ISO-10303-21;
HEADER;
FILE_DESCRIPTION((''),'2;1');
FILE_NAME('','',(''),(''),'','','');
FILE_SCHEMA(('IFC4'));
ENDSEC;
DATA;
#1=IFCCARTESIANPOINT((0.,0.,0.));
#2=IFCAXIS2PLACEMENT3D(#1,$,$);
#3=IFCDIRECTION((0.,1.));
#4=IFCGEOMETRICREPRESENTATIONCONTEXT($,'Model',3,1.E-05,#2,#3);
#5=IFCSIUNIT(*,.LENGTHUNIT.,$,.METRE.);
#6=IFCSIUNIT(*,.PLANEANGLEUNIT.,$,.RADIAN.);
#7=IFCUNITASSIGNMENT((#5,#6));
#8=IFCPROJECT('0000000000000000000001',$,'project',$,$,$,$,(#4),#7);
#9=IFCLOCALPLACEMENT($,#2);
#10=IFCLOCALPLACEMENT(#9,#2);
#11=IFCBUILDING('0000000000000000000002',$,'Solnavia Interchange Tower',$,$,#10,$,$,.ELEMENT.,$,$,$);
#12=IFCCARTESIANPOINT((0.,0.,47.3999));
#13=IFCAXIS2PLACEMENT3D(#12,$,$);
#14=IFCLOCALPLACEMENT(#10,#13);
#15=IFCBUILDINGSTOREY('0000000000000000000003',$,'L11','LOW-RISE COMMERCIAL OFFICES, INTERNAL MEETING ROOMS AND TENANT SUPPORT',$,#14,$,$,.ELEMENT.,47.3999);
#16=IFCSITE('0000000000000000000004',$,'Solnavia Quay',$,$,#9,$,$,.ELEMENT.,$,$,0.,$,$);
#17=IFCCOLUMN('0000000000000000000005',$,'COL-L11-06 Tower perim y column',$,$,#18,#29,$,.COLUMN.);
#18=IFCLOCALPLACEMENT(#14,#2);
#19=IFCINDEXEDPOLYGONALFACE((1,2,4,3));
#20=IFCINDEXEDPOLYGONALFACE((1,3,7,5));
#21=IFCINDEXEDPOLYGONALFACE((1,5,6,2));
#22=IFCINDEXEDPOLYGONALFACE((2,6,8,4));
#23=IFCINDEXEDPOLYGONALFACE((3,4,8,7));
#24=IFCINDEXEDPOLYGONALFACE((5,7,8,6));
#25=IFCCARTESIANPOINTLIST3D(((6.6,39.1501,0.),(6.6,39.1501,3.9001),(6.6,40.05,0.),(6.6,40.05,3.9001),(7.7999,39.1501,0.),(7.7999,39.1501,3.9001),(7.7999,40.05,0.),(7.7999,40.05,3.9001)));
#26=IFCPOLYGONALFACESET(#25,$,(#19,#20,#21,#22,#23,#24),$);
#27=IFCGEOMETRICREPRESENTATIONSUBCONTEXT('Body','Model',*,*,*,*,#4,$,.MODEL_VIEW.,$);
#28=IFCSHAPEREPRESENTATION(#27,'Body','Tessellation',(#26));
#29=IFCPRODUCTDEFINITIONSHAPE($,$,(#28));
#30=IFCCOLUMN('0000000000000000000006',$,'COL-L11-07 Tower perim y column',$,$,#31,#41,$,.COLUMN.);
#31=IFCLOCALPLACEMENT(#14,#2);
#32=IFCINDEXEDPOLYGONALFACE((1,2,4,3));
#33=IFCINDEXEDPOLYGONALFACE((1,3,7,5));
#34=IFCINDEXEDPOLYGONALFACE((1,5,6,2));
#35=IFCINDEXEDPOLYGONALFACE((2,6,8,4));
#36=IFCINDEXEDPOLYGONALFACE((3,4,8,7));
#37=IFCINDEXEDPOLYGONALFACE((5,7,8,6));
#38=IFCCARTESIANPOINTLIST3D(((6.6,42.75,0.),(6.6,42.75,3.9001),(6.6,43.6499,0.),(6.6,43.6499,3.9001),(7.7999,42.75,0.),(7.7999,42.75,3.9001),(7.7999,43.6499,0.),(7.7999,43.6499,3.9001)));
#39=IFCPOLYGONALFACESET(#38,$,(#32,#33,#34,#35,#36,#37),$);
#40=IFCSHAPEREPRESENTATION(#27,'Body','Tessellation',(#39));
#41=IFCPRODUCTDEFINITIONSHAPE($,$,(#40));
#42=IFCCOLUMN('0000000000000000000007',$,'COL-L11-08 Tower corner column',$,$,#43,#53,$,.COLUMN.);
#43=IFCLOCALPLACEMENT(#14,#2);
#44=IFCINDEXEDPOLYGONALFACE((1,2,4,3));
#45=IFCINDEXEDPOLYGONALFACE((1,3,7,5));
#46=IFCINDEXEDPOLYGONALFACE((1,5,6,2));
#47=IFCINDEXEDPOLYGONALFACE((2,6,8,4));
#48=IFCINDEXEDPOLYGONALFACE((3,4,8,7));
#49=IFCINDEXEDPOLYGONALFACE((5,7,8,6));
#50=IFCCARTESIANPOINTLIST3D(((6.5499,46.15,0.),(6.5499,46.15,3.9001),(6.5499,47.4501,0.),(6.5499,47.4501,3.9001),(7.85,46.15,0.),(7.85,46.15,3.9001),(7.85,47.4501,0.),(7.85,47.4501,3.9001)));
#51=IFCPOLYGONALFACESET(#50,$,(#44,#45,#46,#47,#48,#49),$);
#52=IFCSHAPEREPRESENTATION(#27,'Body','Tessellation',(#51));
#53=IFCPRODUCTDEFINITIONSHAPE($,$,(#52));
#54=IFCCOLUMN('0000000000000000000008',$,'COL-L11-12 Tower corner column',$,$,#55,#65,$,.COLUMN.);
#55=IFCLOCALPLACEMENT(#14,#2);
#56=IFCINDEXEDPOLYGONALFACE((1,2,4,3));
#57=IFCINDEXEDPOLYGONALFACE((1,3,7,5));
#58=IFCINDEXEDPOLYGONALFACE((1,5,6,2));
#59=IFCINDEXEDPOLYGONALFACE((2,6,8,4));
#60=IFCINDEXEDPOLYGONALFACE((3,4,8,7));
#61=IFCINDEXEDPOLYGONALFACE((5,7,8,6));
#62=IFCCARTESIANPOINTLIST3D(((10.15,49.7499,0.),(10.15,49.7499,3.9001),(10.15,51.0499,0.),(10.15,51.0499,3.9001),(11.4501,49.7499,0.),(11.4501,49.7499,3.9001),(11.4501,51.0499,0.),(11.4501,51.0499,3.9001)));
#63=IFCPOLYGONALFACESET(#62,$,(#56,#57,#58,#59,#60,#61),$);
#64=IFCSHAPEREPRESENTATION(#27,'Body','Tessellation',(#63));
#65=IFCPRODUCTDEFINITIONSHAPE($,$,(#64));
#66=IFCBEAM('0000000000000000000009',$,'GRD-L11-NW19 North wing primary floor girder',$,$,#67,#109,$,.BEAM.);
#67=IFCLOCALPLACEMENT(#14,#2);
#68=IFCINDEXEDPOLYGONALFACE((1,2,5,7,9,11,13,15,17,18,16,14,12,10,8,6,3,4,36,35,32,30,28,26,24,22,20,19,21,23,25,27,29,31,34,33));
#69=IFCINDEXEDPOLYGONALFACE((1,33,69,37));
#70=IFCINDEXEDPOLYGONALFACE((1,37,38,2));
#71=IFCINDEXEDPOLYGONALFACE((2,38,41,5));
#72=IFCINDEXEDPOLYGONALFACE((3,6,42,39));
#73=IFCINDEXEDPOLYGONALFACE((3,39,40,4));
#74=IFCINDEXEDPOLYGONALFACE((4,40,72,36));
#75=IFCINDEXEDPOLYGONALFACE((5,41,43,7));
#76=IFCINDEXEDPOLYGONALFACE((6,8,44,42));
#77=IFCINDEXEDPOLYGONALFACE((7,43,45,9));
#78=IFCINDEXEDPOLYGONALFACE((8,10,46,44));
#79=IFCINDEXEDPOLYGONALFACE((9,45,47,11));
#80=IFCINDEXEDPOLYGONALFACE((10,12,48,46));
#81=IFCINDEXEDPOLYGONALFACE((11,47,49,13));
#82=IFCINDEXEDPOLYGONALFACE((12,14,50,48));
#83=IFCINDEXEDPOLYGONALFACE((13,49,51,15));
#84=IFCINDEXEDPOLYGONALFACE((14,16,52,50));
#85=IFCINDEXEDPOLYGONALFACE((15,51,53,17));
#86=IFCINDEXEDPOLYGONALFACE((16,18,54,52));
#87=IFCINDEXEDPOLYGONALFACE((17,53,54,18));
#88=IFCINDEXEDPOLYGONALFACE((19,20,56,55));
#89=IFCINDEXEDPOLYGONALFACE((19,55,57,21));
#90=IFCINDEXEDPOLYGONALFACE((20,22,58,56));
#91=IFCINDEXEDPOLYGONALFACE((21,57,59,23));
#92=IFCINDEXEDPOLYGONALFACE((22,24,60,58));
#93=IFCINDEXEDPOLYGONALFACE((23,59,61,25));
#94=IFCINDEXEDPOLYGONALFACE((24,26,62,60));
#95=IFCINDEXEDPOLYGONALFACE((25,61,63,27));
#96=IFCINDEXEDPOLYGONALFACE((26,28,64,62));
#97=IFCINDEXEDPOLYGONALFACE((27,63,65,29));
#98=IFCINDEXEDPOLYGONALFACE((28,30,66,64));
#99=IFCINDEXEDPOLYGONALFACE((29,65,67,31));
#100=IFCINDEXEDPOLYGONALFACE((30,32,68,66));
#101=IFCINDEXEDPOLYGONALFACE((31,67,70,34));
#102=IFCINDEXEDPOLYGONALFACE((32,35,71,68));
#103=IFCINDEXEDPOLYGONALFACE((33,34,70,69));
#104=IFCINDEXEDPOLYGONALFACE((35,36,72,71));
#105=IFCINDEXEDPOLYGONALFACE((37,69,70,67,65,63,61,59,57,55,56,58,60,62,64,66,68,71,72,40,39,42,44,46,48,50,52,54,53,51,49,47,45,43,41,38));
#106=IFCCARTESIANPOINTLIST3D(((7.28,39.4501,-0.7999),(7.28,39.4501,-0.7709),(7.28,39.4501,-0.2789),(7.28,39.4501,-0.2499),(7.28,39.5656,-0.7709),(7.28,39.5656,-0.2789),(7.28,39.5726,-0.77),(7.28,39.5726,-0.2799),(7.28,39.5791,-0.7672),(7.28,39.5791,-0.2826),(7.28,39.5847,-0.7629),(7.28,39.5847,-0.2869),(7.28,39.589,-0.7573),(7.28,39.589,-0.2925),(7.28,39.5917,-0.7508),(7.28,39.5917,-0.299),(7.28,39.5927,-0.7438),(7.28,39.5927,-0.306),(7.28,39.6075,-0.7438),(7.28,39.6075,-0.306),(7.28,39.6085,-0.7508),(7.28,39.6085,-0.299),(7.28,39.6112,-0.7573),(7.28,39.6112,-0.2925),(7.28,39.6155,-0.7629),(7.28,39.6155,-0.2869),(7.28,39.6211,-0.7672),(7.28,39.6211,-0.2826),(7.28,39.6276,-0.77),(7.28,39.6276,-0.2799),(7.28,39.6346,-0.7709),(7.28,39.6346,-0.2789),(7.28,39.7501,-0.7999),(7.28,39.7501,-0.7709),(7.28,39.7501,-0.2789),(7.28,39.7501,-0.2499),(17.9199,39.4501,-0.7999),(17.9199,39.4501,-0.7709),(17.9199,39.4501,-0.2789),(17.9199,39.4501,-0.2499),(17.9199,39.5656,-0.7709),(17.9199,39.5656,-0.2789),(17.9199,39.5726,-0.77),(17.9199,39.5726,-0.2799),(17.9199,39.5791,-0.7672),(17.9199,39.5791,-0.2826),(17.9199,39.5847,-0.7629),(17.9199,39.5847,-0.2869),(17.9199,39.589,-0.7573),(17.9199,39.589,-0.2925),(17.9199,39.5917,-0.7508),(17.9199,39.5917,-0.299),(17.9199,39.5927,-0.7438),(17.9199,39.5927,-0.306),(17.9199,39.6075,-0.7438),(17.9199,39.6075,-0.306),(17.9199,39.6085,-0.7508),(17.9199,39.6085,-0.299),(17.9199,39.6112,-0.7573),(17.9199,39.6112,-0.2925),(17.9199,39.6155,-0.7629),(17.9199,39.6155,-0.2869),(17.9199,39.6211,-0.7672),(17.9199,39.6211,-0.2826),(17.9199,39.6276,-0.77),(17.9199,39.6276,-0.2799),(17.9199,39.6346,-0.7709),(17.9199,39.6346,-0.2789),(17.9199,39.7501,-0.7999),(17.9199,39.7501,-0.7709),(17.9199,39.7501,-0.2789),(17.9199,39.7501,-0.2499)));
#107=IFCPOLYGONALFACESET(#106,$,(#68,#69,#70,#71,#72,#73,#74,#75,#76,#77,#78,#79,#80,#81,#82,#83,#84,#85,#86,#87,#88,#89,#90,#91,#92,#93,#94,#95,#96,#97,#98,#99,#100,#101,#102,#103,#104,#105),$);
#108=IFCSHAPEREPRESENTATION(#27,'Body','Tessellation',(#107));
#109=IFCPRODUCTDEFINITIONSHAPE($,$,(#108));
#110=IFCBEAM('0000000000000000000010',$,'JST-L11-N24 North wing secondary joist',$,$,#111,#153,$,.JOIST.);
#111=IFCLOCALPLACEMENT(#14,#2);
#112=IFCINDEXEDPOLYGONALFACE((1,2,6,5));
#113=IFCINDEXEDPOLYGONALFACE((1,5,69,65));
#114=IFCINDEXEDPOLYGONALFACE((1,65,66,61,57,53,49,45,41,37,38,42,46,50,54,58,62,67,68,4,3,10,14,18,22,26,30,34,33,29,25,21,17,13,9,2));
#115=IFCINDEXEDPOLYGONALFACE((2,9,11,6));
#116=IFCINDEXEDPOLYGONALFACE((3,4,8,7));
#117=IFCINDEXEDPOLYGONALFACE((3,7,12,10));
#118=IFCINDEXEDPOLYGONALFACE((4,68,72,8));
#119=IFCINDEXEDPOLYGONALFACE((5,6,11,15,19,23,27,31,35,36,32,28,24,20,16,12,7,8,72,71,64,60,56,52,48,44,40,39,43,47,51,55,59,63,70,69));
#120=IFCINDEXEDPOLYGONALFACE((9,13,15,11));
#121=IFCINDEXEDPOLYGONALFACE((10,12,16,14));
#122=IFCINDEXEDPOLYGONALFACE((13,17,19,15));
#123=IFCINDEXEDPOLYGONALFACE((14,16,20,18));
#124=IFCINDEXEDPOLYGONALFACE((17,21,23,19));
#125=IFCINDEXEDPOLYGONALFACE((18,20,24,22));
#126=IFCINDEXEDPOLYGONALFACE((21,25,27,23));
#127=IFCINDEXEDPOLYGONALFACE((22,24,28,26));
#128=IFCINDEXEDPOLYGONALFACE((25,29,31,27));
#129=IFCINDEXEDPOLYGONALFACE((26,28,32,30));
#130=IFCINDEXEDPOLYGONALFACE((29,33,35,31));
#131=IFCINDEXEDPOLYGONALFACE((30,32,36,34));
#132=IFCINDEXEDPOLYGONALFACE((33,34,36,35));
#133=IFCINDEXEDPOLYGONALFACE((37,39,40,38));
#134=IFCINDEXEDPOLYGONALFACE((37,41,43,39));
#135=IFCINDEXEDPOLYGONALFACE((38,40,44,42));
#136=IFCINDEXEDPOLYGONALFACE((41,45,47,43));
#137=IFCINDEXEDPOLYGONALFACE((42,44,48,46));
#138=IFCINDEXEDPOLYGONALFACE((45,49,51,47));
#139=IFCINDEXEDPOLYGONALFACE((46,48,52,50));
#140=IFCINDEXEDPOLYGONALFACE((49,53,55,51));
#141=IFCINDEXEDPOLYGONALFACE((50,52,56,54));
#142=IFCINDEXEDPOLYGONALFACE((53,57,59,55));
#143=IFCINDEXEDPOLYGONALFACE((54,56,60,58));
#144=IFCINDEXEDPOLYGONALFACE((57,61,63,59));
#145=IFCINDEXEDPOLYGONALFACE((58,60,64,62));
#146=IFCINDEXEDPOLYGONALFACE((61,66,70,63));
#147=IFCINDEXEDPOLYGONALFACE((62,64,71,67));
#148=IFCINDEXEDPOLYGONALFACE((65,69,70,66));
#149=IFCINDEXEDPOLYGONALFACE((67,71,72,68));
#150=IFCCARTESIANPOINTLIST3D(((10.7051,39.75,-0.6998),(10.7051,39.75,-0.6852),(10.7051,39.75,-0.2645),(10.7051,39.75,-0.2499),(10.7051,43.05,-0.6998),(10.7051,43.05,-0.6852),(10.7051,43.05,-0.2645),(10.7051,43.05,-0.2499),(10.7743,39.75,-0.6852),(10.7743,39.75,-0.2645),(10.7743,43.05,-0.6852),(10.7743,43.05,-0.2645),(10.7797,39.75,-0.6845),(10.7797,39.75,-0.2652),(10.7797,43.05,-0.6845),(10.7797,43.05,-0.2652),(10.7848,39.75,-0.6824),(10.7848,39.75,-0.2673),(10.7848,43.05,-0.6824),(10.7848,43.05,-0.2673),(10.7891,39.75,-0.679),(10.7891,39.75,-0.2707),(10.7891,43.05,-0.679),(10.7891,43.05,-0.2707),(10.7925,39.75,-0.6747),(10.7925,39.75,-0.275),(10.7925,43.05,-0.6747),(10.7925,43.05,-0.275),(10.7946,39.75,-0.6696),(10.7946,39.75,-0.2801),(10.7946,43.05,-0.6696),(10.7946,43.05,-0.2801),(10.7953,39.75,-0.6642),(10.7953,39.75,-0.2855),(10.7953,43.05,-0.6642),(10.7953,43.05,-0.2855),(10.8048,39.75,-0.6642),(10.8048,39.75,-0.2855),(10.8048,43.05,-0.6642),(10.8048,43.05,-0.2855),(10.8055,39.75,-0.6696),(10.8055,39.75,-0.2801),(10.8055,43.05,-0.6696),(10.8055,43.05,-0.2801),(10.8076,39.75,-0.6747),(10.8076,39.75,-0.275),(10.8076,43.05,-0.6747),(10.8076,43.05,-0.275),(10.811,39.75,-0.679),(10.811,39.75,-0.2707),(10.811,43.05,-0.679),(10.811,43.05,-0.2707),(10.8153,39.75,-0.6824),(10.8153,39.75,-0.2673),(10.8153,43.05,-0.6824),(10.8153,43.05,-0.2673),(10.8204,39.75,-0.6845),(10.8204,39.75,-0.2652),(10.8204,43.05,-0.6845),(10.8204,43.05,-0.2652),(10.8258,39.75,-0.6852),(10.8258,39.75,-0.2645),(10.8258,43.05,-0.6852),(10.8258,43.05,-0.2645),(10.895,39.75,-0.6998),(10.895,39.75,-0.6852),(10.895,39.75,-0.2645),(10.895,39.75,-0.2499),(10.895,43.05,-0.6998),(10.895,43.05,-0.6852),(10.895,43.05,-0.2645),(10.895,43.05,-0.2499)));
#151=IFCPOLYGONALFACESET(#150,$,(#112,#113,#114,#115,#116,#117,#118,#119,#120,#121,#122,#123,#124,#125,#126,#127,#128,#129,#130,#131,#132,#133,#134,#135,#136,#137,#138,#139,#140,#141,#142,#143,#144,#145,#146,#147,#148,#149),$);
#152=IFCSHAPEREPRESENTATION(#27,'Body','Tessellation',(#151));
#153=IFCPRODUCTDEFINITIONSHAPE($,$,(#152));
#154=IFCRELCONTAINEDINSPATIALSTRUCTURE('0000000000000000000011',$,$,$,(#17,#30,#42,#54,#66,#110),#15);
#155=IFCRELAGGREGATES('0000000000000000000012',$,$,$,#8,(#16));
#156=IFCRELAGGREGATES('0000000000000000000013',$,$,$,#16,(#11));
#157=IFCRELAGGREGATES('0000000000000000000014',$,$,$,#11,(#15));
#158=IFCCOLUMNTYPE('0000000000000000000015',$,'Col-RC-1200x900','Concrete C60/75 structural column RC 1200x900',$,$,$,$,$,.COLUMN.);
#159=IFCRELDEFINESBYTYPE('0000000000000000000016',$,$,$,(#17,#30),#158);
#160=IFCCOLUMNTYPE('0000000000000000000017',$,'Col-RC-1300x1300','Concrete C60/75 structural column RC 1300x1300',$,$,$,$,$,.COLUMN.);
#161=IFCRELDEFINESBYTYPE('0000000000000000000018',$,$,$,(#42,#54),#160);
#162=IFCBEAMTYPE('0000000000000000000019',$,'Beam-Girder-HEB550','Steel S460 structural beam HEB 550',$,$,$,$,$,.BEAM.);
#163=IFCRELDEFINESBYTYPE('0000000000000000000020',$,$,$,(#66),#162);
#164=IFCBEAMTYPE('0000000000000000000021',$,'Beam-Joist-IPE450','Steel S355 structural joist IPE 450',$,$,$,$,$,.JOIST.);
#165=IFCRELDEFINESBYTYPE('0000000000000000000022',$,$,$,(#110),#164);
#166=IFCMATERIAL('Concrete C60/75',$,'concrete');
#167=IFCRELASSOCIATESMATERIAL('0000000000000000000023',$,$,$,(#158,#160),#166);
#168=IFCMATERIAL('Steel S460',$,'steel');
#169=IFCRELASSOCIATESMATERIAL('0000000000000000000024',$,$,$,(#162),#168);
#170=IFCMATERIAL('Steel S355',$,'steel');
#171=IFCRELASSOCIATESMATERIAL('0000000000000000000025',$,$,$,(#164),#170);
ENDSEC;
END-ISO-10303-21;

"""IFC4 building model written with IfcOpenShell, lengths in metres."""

from ifc_helpers import new_model, si_unit, direction, frame, origin, origin_2d, place, context, subcontext, project, spatial, rectangle, i_section, extrude, material, material_profile, profile_set, type_object, element, save


model = new_model("IFC4")

# Units and contexts
model_context = context("Model", 3, precision=1e-05, world=origin(), true_north=direction((0.0, 1.0)))
body_context = subcontext(model_context, "Body", "Model", "MODEL_VIEW")
ifc_project = project(units=[si_unit("LENGTHUNIT", "METRE"), si_unit("PLANEANGLEUNIT", "RADIAN")], contexts=[model_context])

# Site, building, storey
site_placement = place(None, origin())
site = spatial("IfcSite", under=ifc_project, at=site_placement, Name="Solnavia Quay", CompositionType="ELEMENT", RefElevation=0.0)
building_placement = place(site_placement, origin())
building = spatial("IfcBuilding", under=site, at=building_placement, Name="Solnavia Interchange Tower", CompositionType="ELEMENT")
storey_placement = place(building_placement, frame((0.0, 0.0, 47.3999)))
storey = spatial("IfcBuildingStorey", under=building, at=storey_placement, Name="L11", Description="LOW-RISE COMMERCIAL OFFICES, INTERNAL MEETING ROOMS AND TENANT SUPPORT", CompositionType="ELEMENT", Elevation=47.3999)

# Columns
ifc_material_1 = material(Name="Concrete C60/75", Category="concrete")
ifc_material_profile_1 = material_profile(ifc_material_1, rectangle(XDim=0.8999, YDim=1.2, at=origin_2d()), Name="RC 1200x900")
ifc_profile_set_1 = profile_set([ifc_material_profile_1], Name="Concrete C60/75")
column_type_1 = type_object("IfcColumnType", Name="Col-RC-1200x900", Description="Concrete C60/75 structural column RC 1200x900", PredefinedType="COLUMN", material=ifc_profile_set_1)
for number, where, z_axis, x_axis, name in (
    (1, (7.2, 39.6001, 0.0), (0.0, 0.0, 1.0), (0.0, 1.0, 0.0), "COL-L11-06 Tower perim y column"),
    (2, (7.2, 43.2, 0.0), (0.0, 0.0, 1.0), (0.0, 1.0, 0.0), "COL-L11-07 Tower perim y column"),
):
    element("IfcColumn", number, at=place(storey_placement, frame(where, z_axis=z_axis, x_axis=x_axis)), inside=storey, type_object=column_type_1, Name=name, PredefinedType="COLUMN", context=body_context, shape_type="SweptSolid", body=[
        extrude(rectangle(XDim=0.8999, YDim=1.2, at=origin_2d()), origin(), (0.0, 0.0, 1.0), 3.9001),
    ])
ifc_material_profile_2 = material_profile(ifc_material_1, rectangle(XDim=1.3, YDim=1.3, at=origin_2d()), Name="RC 1300x1300")
ifc_profile_set_2 = profile_set([ifc_material_profile_2], Name="Concrete C60/75")
column_type_2 = type_object("IfcColumnType", Name="Col-RC-1300x1300", Description="Concrete C60/75 structural column RC 1300x1300", PredefinedType="COLUMN", material=ifc_profile_set_2)
for number, where, z_axis, x_axis, name in (
    (3, (7.2, 46.8, 0.0), (0.0, 0.0, 1.0), (0.0, 1.0, 0.0), "COL-L11-08 Tower corner column"),
    (4, (10.8, 50.3999, 0.0), (0.0, 0.0, 1.0), (1.0, 0.0, 0.0), "COL-L11-12 Tower corner column"),
):
    element("IfcColumn", number, at=place(storey_placement, frame(where, z_axis=z_axis, x_axis=x_axis)), inside=storey, type_object=column_type_2, Name=name, PredefinedType="COLUMN", context=body_context, shape_type="SweptSolid", body=[
        extrude(rectangle(XDim=1.3, YDim=1.3, at=origin_2d()), origin(), (0.0, 0.0, 1.0), 3.9001),
    ])

# Beams
ifc_material_2 = material(Name="Steel S460", Category="steel")
ifc_material_profile_3 = material_profile(ifc_material_2, i_section(OverallWidth=0.3, OverallDepth=0.55, WebThickness=0.0149, FlangeThickness=0.0291, FilletRadius=0.0271, at=origin_2d()), Name="HEB 550")
ifc_profile_set_3 = profile_set([ifc_material_profile_3], Name="Steel S460")
beam_type_1 = type_object("IfcBeamType", Name="Beam-Girder-HEB550", Description="Steel S460 structural beam HEB 550", PredefinedType="BEAM", material=ifc_profile_set_3)
beam_1_placement = place(storey_placement, frame((7.28, 39.6001, -0.5249), z_axis=(1.0, 0.0, 0.0), x_axis=(0.0, 1.0, 0.0)))
element("IfcBeam", 5, at=beam_1_placement, inside=storey, type_object=beam_type_1, Name="GRD-L11-NW19 North wing primary floor girder", PredefinedType="BEAM", context=body_context, shape_type="SweptSolid", body=[
    extrude(i_section(OverallWidth=0.3, OverallDepth=0.55, WebThickness=0.0149, FlangeThickness=0.0291, FilletRadius=0.0271, at=origin_2d()), origin(), (0.0, 0.0, 1.0), 10.6399),
])
ifc_material_3 = material(Name="Steel S355", Category="steel")
ifc_material_profile_4 = material_profile(ifc_material_3, i_section(OverallWidth=0.1899, OverallDepth=0.45, WebThickness=0.0095, FlangeThickness=0.0146, FilletRadius=0.021, at=origin_2d()), Name="IPE 450")
ifc_profile_set_4 = profile_set([ifc_material_profile_4], Name="Steel S355")
beam_type_2 = type_object("IfcBeamType", Name="Beam-Joist-IPE450", Description="Steel S355 structural joist IPE 450", PredefinedType="JOIST", material=ifc_profile_set_4)
beam_2_placement = place(storey_placement, frame((10.8, 39.75, -0.4749), z_axis=(0.0, 1.0, 0.0), x_axis=(-1.0, 0.0, 0.0)))
element("IfcBeam", 6, at=beam_2_placement, inside=storey, type_object=beam_type_2, Name="JST-L11-N24 North wing secondary joist", PredefinedType="JOIST", context=body_context, shape_type="SweptSolid", body=[
    extrude(i_section(OverallWidth=0.1899, OverallDepth=0.45, WebThickness=0.0095, FlangeThickness=0.0146, FilletRadius=0.021, at=origin_2d()), origin(), (0.0, 0.0, 1.0), 3.3),
])

save(model, "model.ifc")
